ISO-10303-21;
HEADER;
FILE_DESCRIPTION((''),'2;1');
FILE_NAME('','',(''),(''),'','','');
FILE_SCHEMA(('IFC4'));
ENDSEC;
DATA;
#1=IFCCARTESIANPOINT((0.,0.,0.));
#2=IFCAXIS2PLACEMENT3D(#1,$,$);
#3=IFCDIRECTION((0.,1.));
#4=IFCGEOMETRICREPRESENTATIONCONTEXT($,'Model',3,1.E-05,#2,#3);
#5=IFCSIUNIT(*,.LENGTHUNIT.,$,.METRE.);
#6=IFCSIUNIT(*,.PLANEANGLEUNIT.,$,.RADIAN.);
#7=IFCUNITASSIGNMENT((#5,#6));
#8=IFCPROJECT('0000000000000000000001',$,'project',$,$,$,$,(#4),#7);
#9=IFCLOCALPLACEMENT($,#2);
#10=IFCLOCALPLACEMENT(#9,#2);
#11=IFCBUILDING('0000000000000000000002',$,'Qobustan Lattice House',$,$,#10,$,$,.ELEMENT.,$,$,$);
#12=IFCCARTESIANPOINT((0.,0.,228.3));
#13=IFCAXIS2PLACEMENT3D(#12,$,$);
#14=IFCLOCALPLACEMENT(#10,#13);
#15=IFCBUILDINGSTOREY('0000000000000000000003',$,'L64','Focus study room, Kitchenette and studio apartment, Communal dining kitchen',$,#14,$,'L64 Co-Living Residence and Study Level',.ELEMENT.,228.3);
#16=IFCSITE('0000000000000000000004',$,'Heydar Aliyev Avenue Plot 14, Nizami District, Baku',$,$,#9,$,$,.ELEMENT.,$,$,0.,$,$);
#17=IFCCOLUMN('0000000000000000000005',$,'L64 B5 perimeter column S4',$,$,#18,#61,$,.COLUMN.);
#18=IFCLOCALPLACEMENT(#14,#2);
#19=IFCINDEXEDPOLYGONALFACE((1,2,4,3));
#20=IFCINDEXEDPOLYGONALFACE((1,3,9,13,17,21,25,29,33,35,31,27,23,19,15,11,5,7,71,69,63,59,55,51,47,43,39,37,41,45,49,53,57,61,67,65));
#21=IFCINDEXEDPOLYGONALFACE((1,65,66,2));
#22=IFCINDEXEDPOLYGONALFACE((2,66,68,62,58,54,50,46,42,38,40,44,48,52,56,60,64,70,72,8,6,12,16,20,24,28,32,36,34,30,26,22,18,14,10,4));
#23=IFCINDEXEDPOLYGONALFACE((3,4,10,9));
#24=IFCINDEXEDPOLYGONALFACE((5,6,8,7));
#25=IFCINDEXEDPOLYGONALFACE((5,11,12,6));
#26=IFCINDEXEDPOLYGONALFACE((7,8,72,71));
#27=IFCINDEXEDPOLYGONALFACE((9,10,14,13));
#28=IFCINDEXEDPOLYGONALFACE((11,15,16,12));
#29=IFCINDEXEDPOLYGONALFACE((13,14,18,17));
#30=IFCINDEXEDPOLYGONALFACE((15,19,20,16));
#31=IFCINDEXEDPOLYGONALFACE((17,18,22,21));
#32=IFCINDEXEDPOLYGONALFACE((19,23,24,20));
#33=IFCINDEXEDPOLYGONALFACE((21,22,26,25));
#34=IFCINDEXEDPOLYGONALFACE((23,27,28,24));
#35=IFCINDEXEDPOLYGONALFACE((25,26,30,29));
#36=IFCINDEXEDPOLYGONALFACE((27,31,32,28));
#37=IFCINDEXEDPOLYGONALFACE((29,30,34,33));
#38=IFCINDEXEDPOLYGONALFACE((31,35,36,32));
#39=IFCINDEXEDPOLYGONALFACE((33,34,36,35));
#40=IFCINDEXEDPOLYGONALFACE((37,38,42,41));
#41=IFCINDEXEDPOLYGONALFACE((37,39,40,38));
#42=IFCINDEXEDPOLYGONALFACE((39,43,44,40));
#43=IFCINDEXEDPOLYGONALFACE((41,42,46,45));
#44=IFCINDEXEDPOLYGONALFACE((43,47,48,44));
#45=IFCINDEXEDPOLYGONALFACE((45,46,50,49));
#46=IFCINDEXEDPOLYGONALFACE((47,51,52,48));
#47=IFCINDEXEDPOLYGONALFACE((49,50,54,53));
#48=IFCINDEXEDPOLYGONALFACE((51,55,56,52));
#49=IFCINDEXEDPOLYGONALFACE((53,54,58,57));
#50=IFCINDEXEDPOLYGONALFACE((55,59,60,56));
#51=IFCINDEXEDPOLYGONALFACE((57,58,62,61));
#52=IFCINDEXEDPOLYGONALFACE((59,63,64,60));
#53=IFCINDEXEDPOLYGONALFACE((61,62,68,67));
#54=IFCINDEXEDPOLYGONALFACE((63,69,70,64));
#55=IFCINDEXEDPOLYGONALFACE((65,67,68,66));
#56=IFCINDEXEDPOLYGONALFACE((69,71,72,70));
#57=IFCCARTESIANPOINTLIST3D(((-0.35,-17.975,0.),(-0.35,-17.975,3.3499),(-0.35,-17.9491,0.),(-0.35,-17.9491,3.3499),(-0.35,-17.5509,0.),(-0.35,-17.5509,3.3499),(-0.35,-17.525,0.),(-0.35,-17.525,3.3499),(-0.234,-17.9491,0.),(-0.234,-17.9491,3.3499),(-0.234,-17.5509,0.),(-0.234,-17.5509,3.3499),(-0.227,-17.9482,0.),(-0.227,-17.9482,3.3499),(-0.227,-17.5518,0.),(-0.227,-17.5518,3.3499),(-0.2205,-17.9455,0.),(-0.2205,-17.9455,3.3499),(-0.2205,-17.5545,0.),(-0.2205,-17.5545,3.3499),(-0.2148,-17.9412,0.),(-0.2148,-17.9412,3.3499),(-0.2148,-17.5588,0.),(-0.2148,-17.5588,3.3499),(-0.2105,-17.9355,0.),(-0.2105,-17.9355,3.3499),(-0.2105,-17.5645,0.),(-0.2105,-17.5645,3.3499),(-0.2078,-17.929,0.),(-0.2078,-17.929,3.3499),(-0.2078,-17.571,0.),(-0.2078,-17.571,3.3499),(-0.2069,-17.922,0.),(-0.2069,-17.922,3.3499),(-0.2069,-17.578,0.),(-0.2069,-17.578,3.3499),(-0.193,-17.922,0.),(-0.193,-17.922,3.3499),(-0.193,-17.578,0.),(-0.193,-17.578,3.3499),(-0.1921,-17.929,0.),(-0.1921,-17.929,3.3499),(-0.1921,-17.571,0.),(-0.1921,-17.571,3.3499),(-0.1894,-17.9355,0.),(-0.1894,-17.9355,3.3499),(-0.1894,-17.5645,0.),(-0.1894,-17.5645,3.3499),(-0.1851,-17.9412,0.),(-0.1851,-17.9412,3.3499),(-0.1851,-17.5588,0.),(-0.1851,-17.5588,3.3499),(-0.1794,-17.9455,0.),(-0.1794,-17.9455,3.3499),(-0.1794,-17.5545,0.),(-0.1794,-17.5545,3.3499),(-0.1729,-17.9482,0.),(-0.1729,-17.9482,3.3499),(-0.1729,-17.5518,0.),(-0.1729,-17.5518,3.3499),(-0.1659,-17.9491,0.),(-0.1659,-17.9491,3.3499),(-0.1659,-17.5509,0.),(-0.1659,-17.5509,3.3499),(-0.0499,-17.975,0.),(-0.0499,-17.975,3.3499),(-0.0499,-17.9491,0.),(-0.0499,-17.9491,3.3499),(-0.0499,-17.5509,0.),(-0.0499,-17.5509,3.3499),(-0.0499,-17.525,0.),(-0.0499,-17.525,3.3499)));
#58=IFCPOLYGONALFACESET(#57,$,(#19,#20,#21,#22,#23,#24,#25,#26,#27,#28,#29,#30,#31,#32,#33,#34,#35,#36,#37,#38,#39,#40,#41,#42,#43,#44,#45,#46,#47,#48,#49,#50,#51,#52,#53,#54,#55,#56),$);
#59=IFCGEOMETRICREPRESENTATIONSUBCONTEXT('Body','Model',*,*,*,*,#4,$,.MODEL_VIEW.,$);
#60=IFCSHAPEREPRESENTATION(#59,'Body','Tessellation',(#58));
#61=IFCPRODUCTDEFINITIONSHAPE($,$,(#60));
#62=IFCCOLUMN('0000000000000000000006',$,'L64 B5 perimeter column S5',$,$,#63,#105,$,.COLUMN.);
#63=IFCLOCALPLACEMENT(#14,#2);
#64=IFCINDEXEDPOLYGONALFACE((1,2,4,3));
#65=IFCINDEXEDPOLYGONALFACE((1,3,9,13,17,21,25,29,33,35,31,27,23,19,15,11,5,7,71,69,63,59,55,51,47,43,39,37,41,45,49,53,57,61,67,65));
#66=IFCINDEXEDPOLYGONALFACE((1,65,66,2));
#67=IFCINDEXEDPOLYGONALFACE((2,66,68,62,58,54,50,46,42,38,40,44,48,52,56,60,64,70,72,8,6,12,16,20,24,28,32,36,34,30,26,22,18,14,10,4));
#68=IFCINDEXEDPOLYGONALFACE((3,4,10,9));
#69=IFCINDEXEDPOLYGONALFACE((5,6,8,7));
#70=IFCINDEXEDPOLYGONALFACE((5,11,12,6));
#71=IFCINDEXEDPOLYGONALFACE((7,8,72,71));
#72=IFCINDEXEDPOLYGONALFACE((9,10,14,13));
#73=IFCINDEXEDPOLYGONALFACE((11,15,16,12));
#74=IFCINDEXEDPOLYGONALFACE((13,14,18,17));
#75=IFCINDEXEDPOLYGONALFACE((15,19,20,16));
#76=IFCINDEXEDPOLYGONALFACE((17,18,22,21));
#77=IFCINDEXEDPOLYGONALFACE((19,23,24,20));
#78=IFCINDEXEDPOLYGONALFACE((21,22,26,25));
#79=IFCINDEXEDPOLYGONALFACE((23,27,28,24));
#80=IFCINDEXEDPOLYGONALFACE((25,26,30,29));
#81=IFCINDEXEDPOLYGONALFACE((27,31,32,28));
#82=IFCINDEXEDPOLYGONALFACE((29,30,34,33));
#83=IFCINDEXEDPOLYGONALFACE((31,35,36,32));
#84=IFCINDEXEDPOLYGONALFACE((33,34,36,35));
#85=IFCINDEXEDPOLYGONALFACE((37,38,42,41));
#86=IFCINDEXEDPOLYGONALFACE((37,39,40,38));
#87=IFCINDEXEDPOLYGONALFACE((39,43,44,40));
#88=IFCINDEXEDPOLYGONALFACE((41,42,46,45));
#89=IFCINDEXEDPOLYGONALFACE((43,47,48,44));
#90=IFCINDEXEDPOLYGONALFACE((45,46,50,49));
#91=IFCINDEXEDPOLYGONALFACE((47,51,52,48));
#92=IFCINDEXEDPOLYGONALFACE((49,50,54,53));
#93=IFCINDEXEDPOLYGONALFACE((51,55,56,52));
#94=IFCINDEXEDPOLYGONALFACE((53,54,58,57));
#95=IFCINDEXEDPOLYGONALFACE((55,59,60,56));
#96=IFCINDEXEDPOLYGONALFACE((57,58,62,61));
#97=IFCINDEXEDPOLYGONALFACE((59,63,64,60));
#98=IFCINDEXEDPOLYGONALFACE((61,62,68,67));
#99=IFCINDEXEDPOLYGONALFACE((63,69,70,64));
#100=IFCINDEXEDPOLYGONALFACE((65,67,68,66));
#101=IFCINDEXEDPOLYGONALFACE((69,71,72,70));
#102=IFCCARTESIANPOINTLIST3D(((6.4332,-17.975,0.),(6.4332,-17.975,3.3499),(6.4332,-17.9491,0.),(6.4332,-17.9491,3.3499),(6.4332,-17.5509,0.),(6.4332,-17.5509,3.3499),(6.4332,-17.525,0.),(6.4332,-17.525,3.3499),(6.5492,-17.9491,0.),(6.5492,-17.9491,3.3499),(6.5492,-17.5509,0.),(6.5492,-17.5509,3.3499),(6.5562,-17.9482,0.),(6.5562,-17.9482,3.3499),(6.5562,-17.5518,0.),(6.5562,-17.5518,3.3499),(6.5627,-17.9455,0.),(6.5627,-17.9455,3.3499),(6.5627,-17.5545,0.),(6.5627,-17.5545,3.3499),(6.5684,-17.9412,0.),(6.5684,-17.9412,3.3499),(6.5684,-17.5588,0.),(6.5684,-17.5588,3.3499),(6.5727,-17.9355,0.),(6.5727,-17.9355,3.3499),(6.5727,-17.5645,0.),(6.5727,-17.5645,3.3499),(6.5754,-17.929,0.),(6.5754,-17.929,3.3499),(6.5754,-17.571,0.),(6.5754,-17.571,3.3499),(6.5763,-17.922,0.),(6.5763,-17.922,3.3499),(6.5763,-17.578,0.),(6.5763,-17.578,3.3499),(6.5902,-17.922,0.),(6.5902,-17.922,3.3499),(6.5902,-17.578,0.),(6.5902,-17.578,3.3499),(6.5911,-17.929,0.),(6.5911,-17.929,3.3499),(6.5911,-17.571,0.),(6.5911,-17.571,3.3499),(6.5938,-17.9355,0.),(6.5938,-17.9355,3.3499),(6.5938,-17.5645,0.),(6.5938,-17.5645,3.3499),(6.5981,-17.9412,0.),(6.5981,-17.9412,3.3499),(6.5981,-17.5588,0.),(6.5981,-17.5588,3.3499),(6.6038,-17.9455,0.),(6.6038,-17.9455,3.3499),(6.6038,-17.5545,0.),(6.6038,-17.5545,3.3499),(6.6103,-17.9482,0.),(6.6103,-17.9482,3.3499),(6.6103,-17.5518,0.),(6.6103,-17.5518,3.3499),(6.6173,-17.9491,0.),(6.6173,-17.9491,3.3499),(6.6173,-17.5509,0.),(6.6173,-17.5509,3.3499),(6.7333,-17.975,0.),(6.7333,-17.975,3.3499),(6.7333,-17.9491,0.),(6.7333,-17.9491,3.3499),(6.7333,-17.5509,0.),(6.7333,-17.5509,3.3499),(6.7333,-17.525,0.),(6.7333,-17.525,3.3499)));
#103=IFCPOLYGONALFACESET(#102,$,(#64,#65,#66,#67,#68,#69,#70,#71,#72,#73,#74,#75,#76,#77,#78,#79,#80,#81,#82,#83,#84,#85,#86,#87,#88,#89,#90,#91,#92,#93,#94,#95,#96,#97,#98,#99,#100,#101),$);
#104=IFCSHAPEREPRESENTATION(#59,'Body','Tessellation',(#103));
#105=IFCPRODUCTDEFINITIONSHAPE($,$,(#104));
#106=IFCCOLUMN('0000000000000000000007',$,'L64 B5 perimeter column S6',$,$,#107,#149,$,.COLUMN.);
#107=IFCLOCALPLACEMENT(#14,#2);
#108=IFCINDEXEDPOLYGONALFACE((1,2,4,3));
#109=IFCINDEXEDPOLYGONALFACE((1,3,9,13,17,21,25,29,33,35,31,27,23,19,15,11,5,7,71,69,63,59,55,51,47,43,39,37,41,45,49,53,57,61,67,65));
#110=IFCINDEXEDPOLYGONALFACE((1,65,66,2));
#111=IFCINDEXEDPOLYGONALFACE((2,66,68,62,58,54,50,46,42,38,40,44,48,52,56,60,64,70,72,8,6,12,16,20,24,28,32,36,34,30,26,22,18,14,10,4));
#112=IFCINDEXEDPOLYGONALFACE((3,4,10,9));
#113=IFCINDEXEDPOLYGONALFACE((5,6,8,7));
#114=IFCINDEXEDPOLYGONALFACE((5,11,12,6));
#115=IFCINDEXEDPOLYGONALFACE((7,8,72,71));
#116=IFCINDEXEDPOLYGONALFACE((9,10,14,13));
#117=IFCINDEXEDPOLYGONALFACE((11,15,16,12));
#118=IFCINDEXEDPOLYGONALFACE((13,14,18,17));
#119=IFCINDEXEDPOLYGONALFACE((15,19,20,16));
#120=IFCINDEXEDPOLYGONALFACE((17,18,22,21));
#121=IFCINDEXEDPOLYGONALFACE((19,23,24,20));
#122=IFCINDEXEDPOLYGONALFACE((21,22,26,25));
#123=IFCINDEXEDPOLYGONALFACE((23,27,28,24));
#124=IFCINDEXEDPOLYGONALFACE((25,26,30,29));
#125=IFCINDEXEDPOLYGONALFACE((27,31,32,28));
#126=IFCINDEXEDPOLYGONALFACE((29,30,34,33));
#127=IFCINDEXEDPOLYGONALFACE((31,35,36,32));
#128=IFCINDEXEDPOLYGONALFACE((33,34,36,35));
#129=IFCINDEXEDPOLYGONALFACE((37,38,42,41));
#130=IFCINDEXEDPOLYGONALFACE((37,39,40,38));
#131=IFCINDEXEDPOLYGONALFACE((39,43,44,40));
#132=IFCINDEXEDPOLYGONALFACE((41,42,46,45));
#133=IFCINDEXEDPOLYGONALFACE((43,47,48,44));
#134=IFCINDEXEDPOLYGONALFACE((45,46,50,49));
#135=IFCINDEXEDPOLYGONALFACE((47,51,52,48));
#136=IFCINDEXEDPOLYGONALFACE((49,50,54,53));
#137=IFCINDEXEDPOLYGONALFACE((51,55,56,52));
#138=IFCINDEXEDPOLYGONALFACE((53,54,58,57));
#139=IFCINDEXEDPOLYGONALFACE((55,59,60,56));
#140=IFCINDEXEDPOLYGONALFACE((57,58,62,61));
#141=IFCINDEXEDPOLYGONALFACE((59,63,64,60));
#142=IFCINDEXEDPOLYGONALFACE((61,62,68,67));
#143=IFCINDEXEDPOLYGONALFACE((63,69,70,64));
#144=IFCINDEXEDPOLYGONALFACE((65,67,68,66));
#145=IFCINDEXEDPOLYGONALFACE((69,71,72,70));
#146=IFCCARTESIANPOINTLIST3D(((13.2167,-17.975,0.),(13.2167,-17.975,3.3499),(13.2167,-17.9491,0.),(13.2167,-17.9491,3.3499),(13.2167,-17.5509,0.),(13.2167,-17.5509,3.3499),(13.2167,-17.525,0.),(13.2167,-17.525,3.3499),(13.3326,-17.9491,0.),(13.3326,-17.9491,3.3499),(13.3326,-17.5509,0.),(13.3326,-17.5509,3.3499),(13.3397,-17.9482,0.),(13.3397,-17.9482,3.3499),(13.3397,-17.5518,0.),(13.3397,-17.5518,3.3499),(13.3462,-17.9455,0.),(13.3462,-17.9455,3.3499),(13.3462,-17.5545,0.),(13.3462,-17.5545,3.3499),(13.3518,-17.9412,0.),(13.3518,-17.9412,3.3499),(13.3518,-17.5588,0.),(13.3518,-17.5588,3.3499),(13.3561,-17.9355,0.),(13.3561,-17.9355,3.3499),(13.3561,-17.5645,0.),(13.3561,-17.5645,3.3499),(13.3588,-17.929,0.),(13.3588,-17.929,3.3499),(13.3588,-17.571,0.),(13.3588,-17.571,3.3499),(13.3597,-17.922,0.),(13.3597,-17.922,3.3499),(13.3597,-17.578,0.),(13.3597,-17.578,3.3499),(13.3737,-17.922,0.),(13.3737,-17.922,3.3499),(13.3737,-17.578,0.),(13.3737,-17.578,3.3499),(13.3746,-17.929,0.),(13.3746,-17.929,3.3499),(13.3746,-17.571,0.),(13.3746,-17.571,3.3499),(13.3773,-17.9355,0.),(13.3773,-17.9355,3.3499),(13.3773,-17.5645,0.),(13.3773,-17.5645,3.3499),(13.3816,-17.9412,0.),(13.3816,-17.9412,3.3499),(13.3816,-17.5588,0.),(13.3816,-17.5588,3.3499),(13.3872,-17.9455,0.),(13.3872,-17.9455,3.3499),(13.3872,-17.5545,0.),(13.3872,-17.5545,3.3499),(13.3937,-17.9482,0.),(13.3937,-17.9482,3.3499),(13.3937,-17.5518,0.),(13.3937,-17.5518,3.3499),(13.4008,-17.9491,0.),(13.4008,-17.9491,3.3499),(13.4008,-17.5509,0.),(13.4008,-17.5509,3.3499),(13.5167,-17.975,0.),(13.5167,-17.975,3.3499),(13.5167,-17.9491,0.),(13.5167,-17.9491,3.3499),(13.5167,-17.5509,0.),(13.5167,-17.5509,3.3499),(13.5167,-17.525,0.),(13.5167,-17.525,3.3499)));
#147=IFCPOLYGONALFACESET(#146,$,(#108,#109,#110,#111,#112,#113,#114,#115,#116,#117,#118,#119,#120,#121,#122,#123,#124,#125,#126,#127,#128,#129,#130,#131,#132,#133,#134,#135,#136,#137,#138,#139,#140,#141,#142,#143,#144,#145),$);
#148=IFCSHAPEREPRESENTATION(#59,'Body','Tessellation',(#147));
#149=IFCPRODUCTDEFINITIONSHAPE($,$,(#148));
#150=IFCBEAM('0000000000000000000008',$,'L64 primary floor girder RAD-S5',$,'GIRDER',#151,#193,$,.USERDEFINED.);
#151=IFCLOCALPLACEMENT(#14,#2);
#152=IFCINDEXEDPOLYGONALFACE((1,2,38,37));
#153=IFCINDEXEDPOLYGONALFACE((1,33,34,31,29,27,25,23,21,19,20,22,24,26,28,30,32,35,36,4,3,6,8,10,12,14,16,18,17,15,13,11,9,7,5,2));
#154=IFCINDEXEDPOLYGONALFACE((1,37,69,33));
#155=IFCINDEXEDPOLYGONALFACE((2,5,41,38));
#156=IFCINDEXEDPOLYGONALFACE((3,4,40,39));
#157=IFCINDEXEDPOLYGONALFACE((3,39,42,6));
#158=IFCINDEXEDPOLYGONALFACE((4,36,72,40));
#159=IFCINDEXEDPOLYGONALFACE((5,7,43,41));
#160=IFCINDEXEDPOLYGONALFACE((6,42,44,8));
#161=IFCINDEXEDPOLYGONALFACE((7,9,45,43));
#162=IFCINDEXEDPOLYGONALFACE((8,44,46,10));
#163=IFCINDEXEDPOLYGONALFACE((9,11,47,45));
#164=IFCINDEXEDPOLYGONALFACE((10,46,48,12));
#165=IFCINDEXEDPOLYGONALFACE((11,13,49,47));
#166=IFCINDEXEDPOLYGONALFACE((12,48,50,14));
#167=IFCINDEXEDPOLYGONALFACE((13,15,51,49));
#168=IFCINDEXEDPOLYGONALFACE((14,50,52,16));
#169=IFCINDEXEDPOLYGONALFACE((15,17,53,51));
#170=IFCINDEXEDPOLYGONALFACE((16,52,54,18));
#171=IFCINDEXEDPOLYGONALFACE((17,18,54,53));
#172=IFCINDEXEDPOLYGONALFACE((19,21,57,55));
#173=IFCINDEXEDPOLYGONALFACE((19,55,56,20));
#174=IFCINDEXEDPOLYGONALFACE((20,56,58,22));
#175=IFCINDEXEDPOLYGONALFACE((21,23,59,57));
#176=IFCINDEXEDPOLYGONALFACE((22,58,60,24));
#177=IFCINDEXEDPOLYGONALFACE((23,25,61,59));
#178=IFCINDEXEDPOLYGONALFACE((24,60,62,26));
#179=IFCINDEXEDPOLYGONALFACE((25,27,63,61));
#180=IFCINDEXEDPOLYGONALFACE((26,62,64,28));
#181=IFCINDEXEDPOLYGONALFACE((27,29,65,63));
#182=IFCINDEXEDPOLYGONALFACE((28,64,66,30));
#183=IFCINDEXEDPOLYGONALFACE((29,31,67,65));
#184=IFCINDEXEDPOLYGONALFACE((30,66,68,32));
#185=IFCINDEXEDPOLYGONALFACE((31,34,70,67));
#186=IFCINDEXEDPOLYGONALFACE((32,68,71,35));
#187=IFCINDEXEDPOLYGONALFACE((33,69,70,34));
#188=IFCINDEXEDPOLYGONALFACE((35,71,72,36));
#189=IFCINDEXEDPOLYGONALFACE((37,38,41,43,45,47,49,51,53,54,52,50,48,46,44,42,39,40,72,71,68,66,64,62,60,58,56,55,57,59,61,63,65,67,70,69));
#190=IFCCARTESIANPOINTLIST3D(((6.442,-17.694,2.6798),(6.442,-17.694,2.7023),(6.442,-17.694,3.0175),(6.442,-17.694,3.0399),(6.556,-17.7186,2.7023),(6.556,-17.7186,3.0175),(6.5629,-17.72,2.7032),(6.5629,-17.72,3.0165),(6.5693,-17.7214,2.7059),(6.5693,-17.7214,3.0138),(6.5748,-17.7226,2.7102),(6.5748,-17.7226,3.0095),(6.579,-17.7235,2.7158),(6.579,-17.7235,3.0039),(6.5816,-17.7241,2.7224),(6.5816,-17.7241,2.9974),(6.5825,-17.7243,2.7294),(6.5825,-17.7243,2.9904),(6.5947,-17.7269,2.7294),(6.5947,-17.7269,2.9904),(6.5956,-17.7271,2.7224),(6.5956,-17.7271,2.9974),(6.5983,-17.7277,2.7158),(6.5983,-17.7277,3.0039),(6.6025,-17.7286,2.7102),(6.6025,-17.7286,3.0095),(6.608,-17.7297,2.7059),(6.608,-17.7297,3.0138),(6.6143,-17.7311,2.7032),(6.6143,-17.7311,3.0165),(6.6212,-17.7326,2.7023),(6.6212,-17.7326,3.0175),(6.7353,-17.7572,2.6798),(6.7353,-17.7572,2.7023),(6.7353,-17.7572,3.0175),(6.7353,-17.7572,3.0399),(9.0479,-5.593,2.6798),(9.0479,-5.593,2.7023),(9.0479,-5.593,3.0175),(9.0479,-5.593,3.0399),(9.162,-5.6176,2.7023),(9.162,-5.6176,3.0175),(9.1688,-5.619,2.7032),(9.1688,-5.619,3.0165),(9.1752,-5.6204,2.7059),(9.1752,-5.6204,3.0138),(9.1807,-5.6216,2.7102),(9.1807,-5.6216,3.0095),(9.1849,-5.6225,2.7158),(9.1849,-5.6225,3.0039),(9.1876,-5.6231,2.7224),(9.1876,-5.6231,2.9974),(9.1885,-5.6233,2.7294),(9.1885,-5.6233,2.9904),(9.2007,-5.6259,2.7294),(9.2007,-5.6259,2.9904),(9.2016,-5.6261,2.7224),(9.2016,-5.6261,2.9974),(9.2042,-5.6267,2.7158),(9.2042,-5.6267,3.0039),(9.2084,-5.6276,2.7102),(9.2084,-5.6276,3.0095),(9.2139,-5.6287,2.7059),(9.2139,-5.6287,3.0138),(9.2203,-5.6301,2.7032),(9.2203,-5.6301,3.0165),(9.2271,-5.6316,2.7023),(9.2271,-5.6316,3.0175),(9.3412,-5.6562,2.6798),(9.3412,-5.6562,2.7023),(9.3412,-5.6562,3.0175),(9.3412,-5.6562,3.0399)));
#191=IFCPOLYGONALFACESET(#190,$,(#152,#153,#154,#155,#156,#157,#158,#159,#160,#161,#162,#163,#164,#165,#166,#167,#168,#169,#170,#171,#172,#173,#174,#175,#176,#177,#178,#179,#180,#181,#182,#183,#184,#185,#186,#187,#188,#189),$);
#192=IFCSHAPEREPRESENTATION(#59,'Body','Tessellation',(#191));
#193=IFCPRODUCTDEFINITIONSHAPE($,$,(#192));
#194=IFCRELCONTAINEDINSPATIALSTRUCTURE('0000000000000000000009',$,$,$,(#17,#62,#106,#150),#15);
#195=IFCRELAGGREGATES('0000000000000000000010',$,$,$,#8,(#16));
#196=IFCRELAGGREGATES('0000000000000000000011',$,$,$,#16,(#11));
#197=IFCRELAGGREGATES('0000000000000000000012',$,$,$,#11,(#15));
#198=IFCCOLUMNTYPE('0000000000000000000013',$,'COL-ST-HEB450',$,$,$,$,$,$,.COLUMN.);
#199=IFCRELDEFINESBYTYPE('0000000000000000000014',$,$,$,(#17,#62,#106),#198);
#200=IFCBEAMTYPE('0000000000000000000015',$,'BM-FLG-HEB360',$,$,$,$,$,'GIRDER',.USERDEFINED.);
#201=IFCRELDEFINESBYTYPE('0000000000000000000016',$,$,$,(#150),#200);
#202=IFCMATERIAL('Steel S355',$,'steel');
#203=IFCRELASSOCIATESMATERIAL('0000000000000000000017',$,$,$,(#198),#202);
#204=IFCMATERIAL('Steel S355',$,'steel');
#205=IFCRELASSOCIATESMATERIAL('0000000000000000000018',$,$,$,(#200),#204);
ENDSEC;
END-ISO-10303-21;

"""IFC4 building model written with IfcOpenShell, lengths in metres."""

from ifc_helpers import new_model, si_unit, direction, frame, origin, origin_2d, place, context, subcontext, project, spatial, i_section, extrude, material, material_profile, profile_set, type_object, element, save


model = new_model("IFC4")

# Units and contexts
model_context = context("Model", 3, precision=1e-05, world=origin(), true_north=direction((0.0, 1.0)))
body_context = subcontext(model_context, "Body", "Model", "MODEL_VIEW")
ifc_project = project(units=[si_unit("LENGTHUNIT", "METRE"), si_unit("PLANEANGLEUNIT", "RADIAN")], contexts=[model_context])

# Site, building, storey
site_placement = place(None, origin())
site = spatial("IfcSite", under=ifc_project, at=site_placement, Name="Heydar Aliyev Avenue Plot 14, Nizami District, Baku", CompositionType="ELEMENT", RefElevation=0.0)
building_placement = place(site_placement, origin())
building = spatial("IfcBuilding", under=site, at=building_placement, Name="Qobustan Lattice House", CompositionType="ELEMENT")
storey_placement = place(building_placement, frame((0.0, 0.0, 228.3)))
storey = spatial("IfcBuildingStorey", under=building, at=storey_placement, Name="L64", Description="Focus study room, Kitchenette and studio apartment, Communal dining kitchen", LongName="L64 Co-Living Residence and Study Level", CompositionType="ELEMENT", Elevation=228.3)

# Columns
ifc_material_1 = material(Name="Steel S355", Category="steel")
ifc_material_profile_1 = material_profile(ifc_material_1, i_section(OverallWidth=0.3, OverallDepth=0.45, WebThickness=0.0139, FlangeThickness=0.0259, FilletRadius=0.0271, at=origin_2d()), Name="HEB450")
ifc_profile_set_1 = profile_set([ifc_material_profile_1], Name="Steel S355")
column_type = type_object("IfcColumnType", Name="COL-ST-HEB450", PredefinedType="COLUMN", material=ifc_profile_set_1)
for number, where, z_axis, x_axis, name in (
    (1, (-0.2, -17.75, 0.0), (0.0, 0.0, 1.0), (1.0, 0.0, 0.0), "L64 B5 perimeter column S4"),
    (2, (6.5833, -17.75, 0.0), (0.0, 0.0, 1.0), (1.0, 0.0, 0.0), "L64 B5 perimeter column S5"),
    (3, (13.3667, -17.75, 0.0), (0.0, 0.0, 1.0), (1.0, 0.0, 0.0), "L64 B5 perimeter column S6"),
):
    element("IfcColumn", number, at=place(storey_placement, frame(where, z_axis=z_axis, x_axis=x_axis)), inside=storey, type_object=column_type, Name=name, PredefinedType="COLUMN", context=body_context, shape_type="SweptSolid", body=[
        extrude(i_section(OverallWidth=0.3, OverallDepth=0.45, WebThickness=0.0139, FlangeThickness=0.0259, FilletRadius=0.0271, at=origin_2d()), origin(), (0.0, 0.0, 1.0), 3.3499),
    ])

# Beam
ifc_material_2 = material(Name="Steel S355", Category="steel")
ifc_material_profile_2 = material_profile(ifc_material_2, i_section(OverallWidth=0.3, OverallDepth=0.3601, WebThickness=0.0125, FlangeThickness=0.0225, FilletRadius=0.0271, at=origin_2d()), Name="HEB360")
ifc_profile_set_2 = profile_set([ifc_material_profile_2], Name="Steel S355")
beam_type_1 = type_object("IfcBeamType", Name="BM-FLG-HEB360", ElementType="GIRDER", PredefinedType="USERDEFINED", material=ifc_profile_set_2)
beam_placement = place(storey_placement, frame((6.5886, -17.7256, 2.8599), z_axis=(0.210523, 0.977589, 0.0), x_axis=(-0.977589, 0.210523, 0.0)))
element("IfcBeam", 4, at=beam_placement, inside=storey, type_object=beam_type_1, Name="L64 primary floor girder RAD-S5", ObjectType="GIRDER", PredefinedType="USERDEFINED", context=body_context, shape_type="SweptSolid", body=[
    extrude(i_section(OverallWidth=0.3, OverallDepth=0.3601, WebThickness=0.0125, FlangeThickness=0.0225, FilletRadius=0.0271, at=origin_2d()), origin(), (0.0, 0.0, 1.0), 12.3784),
])

save(model, "model.ifc")
